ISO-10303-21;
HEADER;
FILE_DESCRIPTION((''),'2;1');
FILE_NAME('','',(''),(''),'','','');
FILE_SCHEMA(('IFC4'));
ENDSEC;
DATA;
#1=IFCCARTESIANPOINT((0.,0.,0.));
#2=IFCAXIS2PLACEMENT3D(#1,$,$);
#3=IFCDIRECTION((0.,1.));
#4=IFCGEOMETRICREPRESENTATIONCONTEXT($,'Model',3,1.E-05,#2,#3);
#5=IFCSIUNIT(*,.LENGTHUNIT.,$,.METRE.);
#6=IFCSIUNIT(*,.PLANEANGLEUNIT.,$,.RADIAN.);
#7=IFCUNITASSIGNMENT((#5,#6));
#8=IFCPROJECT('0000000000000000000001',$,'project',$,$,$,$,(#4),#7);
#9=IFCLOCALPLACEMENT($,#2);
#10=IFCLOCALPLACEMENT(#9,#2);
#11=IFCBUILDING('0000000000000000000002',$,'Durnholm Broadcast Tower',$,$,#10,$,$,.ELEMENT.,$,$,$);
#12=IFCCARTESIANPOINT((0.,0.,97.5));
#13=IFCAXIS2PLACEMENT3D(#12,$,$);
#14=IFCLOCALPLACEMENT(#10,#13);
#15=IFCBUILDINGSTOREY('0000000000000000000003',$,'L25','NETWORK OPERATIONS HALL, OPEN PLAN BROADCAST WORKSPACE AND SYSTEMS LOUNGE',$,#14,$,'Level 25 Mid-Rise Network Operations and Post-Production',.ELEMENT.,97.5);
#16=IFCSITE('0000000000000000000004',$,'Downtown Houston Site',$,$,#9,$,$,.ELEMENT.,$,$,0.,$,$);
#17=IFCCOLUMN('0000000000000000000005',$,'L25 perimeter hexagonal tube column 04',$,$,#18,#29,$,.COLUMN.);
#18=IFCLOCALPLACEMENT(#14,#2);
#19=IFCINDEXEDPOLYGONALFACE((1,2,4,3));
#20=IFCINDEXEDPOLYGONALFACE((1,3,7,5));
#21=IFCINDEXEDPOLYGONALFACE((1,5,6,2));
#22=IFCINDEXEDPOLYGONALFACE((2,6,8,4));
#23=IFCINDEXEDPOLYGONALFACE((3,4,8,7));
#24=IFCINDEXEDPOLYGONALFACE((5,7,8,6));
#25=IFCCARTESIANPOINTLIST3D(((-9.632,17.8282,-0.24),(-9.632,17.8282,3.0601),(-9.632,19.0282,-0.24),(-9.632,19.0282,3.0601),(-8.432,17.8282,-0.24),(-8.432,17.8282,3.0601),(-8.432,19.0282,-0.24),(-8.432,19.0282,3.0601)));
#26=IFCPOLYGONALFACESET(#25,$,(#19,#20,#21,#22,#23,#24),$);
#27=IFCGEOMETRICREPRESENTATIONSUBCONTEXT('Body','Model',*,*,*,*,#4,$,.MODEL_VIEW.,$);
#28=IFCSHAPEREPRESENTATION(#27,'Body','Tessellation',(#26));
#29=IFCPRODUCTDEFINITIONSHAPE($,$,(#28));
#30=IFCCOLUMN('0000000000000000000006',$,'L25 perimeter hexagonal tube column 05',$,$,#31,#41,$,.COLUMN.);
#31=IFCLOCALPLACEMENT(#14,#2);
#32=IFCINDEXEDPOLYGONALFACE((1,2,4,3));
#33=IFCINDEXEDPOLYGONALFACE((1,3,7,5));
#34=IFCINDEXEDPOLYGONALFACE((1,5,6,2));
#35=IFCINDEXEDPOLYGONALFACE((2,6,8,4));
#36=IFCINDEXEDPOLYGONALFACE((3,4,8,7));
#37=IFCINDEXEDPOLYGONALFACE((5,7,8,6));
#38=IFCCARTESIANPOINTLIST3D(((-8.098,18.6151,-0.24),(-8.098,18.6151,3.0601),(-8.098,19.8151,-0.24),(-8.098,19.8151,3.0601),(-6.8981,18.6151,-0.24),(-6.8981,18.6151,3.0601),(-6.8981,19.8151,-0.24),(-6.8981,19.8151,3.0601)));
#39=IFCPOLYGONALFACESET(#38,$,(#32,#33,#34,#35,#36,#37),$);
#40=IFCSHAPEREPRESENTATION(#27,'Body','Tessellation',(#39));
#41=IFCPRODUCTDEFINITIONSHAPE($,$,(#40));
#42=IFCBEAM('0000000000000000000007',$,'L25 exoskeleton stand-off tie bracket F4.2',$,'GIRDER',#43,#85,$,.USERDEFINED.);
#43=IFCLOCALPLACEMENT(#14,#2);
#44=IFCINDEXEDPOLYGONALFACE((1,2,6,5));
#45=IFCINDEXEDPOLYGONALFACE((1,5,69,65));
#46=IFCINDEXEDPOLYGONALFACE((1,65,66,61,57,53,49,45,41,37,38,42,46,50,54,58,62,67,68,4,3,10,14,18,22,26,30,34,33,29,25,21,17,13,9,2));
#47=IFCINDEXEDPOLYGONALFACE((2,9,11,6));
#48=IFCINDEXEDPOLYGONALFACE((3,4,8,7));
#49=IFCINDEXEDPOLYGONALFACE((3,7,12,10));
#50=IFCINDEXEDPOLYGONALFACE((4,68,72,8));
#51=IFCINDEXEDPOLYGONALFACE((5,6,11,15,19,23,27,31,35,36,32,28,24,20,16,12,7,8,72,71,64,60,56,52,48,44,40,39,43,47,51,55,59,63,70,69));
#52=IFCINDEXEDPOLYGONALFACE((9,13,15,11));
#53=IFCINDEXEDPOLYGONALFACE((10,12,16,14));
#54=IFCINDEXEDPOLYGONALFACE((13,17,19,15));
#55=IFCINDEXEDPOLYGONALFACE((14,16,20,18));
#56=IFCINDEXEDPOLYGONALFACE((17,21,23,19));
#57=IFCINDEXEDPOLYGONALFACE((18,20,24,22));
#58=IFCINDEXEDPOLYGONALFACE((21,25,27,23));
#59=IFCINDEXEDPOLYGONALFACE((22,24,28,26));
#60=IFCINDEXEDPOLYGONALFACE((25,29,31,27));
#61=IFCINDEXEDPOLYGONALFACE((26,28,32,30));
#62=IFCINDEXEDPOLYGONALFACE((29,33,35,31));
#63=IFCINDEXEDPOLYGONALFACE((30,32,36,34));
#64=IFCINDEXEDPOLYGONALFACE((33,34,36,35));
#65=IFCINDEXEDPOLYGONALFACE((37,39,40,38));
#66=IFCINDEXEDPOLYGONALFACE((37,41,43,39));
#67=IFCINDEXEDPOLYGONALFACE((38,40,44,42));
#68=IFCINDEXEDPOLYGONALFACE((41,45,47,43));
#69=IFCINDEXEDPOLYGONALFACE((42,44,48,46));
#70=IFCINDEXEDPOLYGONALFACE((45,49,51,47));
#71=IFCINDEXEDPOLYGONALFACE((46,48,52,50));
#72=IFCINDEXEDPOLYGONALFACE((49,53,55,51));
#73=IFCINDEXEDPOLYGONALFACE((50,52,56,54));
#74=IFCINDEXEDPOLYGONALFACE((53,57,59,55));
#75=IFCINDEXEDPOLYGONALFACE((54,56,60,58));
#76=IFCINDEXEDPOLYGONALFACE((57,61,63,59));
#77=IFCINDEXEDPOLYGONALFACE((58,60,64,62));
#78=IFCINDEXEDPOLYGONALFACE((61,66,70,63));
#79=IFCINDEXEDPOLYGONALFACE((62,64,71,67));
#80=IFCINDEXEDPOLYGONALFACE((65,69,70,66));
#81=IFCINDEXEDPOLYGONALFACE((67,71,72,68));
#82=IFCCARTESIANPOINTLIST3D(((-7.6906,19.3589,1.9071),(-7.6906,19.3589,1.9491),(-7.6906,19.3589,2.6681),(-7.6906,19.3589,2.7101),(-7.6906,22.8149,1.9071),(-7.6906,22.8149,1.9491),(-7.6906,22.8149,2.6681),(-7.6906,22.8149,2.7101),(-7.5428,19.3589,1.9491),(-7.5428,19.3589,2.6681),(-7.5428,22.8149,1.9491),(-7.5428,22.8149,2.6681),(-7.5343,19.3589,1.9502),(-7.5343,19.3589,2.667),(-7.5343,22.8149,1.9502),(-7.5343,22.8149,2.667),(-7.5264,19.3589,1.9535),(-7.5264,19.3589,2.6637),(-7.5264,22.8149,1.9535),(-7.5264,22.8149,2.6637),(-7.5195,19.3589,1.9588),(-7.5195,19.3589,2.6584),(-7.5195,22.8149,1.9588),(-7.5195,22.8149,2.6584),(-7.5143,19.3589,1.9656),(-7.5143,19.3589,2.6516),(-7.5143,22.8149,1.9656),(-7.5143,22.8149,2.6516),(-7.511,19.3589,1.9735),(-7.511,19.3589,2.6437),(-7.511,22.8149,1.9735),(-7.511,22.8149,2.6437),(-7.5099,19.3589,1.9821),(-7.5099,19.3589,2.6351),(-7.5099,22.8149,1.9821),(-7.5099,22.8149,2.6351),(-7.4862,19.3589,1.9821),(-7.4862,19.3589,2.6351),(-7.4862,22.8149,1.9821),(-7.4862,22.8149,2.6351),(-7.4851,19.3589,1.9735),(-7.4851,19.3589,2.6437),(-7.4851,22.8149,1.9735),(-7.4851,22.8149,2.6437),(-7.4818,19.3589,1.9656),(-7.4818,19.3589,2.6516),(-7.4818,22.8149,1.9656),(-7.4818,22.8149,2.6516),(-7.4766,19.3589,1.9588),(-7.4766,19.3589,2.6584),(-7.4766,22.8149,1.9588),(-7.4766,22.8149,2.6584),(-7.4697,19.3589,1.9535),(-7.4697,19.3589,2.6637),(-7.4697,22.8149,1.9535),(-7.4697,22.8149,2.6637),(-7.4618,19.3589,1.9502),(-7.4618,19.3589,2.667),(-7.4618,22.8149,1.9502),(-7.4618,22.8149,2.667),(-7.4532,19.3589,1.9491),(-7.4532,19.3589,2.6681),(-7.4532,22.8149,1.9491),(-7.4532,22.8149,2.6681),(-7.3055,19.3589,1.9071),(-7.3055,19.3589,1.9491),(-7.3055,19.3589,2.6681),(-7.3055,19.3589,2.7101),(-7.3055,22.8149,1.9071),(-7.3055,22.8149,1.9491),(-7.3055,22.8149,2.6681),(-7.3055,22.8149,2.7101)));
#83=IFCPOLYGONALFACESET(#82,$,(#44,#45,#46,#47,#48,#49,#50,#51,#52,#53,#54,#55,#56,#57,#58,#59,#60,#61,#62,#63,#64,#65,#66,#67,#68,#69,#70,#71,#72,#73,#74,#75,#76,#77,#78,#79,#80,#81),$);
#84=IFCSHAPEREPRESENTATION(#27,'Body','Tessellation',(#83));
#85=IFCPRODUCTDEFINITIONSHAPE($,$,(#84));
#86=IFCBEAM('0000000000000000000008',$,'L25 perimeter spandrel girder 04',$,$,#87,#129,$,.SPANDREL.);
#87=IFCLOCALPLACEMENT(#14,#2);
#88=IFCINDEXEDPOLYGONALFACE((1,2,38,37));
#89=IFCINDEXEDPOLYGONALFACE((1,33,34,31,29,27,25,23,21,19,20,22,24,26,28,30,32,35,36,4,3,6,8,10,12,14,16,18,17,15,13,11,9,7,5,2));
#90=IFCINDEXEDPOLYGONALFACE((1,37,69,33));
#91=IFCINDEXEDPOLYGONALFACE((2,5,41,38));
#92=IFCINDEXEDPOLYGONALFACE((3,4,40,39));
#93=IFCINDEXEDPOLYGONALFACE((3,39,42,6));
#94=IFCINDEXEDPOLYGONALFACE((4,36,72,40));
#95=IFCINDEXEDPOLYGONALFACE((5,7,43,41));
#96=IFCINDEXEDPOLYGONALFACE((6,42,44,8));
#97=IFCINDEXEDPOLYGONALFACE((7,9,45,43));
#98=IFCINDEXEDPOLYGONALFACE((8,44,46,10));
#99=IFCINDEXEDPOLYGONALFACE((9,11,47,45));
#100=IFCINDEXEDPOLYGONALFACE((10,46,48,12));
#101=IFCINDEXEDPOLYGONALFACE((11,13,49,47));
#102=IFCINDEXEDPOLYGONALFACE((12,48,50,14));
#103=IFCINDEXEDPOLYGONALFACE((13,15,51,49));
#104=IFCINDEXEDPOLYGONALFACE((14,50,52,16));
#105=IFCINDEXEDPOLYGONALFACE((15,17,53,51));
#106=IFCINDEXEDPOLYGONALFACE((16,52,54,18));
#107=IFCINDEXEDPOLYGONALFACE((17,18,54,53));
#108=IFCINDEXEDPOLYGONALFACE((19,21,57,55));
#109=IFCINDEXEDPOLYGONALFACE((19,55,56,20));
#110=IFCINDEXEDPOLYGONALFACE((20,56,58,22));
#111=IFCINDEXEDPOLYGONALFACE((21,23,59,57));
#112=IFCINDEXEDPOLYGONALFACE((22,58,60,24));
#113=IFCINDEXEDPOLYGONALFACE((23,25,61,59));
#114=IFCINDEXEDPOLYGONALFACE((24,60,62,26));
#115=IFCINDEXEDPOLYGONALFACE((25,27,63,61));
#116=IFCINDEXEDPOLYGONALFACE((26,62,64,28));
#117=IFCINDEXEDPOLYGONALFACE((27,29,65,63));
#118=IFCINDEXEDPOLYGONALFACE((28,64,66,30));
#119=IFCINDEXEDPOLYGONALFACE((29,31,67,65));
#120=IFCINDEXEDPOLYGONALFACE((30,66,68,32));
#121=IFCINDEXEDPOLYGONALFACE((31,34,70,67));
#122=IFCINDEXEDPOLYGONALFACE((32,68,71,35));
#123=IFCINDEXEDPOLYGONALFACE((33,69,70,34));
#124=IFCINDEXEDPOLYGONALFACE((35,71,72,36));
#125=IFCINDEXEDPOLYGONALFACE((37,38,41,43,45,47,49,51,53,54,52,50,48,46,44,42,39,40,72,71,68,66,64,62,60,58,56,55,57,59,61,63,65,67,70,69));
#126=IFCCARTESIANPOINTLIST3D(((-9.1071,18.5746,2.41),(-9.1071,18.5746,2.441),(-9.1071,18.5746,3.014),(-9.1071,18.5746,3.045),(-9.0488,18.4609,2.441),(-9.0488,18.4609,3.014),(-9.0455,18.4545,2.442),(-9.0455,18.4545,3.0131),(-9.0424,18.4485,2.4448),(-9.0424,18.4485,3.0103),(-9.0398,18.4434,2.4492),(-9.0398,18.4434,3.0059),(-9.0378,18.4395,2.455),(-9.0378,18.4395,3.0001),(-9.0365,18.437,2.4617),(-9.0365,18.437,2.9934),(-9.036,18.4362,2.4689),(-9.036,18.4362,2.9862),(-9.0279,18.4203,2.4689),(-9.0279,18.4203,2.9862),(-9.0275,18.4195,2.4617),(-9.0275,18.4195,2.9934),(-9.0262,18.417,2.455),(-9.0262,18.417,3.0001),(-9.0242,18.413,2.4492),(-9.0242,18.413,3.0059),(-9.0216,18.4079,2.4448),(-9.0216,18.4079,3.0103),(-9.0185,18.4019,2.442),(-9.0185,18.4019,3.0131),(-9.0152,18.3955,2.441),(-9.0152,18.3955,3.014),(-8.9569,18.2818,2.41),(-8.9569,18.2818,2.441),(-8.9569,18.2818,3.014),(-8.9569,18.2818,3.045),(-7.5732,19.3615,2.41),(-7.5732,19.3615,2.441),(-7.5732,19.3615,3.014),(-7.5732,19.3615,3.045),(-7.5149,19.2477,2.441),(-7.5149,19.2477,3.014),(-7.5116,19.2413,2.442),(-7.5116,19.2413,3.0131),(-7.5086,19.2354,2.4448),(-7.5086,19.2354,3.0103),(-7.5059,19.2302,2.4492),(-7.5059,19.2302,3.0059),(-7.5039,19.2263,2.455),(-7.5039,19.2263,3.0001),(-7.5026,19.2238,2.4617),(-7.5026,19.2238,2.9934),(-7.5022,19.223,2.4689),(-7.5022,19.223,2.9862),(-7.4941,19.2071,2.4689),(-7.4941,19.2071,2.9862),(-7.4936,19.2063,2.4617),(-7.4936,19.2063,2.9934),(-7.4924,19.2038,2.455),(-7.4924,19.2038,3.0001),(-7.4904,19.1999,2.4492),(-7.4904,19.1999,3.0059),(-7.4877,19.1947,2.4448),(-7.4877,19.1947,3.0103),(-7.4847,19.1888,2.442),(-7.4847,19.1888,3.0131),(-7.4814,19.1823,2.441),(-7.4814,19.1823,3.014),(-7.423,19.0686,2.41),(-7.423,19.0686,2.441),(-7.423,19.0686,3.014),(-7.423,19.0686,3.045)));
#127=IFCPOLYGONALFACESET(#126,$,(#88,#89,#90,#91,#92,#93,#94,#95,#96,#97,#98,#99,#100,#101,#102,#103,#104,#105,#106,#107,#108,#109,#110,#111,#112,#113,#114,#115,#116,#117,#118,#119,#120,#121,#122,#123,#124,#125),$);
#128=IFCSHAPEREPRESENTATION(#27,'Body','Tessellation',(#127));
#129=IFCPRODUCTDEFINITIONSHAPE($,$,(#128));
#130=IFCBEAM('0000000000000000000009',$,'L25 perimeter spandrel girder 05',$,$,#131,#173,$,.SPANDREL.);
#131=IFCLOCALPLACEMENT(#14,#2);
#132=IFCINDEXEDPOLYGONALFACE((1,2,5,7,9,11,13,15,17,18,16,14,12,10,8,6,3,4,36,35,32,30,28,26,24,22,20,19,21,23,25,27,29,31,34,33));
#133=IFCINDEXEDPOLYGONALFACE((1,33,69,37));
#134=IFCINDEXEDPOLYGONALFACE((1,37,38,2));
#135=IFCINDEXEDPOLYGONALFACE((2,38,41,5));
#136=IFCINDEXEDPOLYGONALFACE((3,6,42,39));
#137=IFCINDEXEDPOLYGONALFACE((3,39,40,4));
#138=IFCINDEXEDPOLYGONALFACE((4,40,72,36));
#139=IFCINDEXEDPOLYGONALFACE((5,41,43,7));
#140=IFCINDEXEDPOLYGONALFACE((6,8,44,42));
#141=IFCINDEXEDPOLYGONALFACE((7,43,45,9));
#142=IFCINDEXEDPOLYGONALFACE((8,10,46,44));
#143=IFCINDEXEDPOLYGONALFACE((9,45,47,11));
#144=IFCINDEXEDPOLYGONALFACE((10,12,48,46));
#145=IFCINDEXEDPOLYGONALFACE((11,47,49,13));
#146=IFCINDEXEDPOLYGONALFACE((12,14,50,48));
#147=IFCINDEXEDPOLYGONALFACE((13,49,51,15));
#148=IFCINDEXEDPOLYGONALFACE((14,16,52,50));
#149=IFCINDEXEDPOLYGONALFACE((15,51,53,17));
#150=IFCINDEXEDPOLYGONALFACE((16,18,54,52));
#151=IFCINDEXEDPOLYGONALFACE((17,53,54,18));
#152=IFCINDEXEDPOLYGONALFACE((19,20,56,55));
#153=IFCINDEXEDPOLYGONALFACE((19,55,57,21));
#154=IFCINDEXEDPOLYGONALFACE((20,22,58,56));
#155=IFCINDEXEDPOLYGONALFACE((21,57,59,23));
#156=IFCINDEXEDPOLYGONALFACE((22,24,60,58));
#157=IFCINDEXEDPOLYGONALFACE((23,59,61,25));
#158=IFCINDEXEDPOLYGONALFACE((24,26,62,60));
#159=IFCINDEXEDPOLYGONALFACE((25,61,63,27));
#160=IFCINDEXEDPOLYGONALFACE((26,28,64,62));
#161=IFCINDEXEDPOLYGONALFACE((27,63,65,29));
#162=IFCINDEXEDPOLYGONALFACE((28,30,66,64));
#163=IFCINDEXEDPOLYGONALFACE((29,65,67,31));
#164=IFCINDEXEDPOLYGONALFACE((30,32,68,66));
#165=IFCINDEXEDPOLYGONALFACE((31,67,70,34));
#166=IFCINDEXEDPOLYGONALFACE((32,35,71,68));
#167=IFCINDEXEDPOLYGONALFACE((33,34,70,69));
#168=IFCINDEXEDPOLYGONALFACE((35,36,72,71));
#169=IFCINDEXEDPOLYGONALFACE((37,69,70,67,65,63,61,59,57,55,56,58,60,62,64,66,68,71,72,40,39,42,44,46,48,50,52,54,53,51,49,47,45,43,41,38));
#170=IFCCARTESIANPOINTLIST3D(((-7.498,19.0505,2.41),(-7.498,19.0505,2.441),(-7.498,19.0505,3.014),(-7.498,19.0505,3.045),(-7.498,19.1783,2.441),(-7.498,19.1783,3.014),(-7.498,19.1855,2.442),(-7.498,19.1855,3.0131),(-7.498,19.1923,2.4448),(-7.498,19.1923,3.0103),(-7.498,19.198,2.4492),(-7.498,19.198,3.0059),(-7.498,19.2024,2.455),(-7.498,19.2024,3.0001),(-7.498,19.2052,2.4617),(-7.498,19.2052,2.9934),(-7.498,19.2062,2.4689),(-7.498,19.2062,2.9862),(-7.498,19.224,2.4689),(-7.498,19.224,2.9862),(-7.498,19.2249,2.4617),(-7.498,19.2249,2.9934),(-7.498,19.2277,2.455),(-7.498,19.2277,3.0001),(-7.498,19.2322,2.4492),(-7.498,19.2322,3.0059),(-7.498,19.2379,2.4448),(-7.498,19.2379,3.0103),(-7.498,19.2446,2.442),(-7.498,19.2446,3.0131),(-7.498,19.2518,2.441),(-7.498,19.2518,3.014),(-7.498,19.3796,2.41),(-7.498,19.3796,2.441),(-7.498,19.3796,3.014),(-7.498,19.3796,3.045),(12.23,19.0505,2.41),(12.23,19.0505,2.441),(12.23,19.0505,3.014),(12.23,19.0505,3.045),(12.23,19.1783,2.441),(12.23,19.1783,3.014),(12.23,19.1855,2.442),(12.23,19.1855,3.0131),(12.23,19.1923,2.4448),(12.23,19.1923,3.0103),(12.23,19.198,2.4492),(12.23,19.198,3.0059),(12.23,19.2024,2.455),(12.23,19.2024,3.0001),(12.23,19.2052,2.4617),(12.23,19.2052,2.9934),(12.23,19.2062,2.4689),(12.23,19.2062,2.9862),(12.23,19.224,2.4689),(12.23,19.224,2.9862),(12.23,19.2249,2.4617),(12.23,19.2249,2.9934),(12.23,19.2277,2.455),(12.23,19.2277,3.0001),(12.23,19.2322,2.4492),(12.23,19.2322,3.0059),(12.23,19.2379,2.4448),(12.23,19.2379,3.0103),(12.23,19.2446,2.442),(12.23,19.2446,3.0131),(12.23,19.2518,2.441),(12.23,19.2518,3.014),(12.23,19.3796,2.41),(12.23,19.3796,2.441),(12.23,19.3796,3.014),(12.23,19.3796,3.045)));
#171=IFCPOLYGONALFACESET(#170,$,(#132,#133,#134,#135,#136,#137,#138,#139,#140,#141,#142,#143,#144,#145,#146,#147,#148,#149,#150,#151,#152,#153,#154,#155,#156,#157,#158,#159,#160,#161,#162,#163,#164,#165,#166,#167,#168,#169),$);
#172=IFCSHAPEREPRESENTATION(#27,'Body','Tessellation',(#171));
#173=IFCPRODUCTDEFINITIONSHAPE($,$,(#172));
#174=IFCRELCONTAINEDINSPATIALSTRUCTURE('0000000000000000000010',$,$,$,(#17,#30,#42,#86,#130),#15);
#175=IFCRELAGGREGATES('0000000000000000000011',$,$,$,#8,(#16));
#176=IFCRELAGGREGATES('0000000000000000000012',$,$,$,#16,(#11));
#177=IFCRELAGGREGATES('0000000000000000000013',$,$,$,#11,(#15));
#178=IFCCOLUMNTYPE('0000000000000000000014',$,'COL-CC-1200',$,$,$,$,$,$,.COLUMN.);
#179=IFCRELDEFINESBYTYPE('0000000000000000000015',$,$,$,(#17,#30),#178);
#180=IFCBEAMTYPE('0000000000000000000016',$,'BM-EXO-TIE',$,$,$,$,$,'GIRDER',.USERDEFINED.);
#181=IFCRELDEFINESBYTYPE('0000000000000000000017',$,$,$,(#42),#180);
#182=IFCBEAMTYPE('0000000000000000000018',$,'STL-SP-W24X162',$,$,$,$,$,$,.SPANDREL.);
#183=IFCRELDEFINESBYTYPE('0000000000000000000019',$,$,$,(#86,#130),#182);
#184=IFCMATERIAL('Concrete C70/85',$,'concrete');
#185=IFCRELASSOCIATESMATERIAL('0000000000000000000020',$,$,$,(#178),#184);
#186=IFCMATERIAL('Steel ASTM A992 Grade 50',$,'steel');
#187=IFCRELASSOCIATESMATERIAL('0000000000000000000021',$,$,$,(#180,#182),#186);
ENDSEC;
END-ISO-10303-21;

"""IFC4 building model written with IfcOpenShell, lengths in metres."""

from ifc_helpers import new_model, si_unit, direction, frame, origin, origin_2d, place, context, subcontext, project, spatial, rectangle, i_section, extrude, source, transform, mapped, material, material_profile, profile_set, type_object, type_shapes, element, save


model = new_model("IFC4")

# Units and contexts
model_context = context("Model", 3, precision=1e-05, world=origin(), true_north=direction((0.0, 1.0)))
body_context = subcontext(model_context, "Body", "Model", "MODEL_VIEW")
ifc_project = project(units=[si_unit("LENGTHUNIT", "METRE"), si_unit("PLANEANGLEUNIT", "RADIAN")], contexts=[model_context])

# Site, building, storey
site_placement = place(None, origin())
site = spatial("IfcSite", under=ifc_project, at=site_placement, Name="Downtown Houston Site", CompositionType="ELEMENT", RefElevation=0.0)
building_placement = place(site_placement, origin())
building = spatial("IfcBuilding", under=site, at=building_placement, Name="Durnholm Broadcast Tower", CompositionType="ELEMENT")
storey_placement = place(building_placement, frame((0.0, 0.0, 97.5)))
storey = spatial("IfcBuildingStorey", under=building, at=storey_placement, Name="L25", Description="NETWORK OPERATIONS HALL, OPEN PLAN BROADCAST WORKSPACE AND SYSTEMS LOUNGE", LongName="Level 25 Mid-Rise Network Operations and Post-Production", CompositionType="ELEMENT", Elevation=97.5)

# Columns
ifc_material_1 = material(Name="Concrete C70/85", Category="concrete")
ifc_material_profile_1 = material_profile(ifc_material_1, rectangle(XDim=1.2, YDim=1.2, at=origin_2d()), Name="RC1200X1200")
ifc_profile_set_1 = profile_set([ifc_material_profile_1], Name="Concrete C70/85")
column_type = type_object("IfcColumnType", Name="COL-CC-1200", PredefinedType="COLUMN", material=ifc_profile_set_1)
shared_shape_1 = source(origin(), body_context, "Body", "SweptSolid", [
    extrude(rectangle(XDim=1.2, YDim=1.2, at=origin_2d()), origin(), (0.0, 0.0, 1.0), 3.3),
])
type_shapes(column_type, [shared_shape_1])
for number, where, z_axis, x_axis, name in (
    (1, (-9.032, 18.4282, -0.24), (0.0, 0.0, 1.0), (1.0, 0.0, 0.0), "L25 perimeter hexagonal tube column 04"),
    (2, (-7.498, 19.2151, -0.24), (0.0, 0.0, 1.0), (1.0, 0.0, 0.0), "L25 perimeter hexagonal tube column 05"),
):
    element("IfcColumn", number, at=place(storey_placement, frame(where, z_axis=z_axis, x_axis=x_axis)), inside=storey, type_object=column_type, Name=name, PredefinedType="COLUMN", context=body_context, shape_type="MappedRepresentation", body=[
        mapped(shared_shape_1, transform((0.0, 0.0, 0.0), x_axis=(1.0, 0.0, 0.0), y_axis=(0.0, 1.0, 0.0), z_axis=(0.0, 0.0, 1.0), scale=1.0)),
    ])

# Beams
ifc_material_2 = material(Name="Steel ASTM A992 Grade 50", Category="steel")
ifc_material_profile_2 = material_profile(ifc_material_2, i_section(OverallWidth=0.385, OverallDepth=0.803, WebThickness=0.0237, FlangeThickness=0.042, FilletRadius=0.033, at=origin_2d()), Name="W30X261")
ifc_profile_set_2 = profile_set([ifc_material_profile_2], Name="Steel ASTM A992 Grade 50")
beam_type_1 = type_object("IfcBeamType", Name="BM-EXO-TIE", ElementType="GIRDER", PredefinedType="USERDEFINED", material=ifc_profile_set_2)
shared_shape_2 = source(origin(), body_context, "Body", "SweptSolid", [
    extrude(i_section(OverallWidth=0.385, OverallDepth=0.803, WebThickness=0.0237, FlangeThickness=0.042, FilletRadius=0.033, at=origin_2d()), origin(), (0.0, 0.0, 1.0), 3.4561),
])
beam_1_placement = place(storey_placement, frame((-7.498, 19.3589, 2.3086), z_axis=(0.0, 1.0, 0.0), x_axis=(-1.0, 0.0, 0.0)))
element("IfcBeam", 3, at=beam_1_placement, inside=storey, type_object=beam_type_1, Name="L25 exoskeleton stand-off tie bracket F4.2", ObjectType="GIRDER", PredefinedType="USERDEFINED", context=body_context, shape_type="MappedRepresentation", body=[
    mapped(shared_shape_2, transform((0.0, 0.0, 0.0), x_axis=(1.0, 0.0, 0.0), y_axis=(0.0, 1.0, 0.0), z_axis=(0.0, 0.0, 1.0), scale=1.0)),
])
ifc_material_profile_3 = material_profile(ifc_material_2, i_section(OverallWidth=0.3291, OverallDepth=0.635, WebThickness=0.0178, FlangeThickness=0.031, FilletRadius=0.0278, at=origin_2d()), Name="W24X162")
ifc_profile_set_3 = profile_set([ifc_material_profile_3], Name="Steel ASTM A992 Grade 50")
beam_type_2 = type_object("IfcBeamType", Name="STL-SP-W24X162", PredefinedType="SPANDREL", material=ifc_profile_set_3)
shared_shape_3 = source(origin(), body_context, "Body", "SweptSolid", [
    extrude(i_section(OverallWidth=0.3291, OverallDepth=0.635, WebThickness=0.0178, FlangeThickness=0.031, FilletRadius=0.0278, at=origin_2d()), origin(), (0.0, 0.0, 1.0), 1.7239),
])
beam_2_placement = place(storey_placement, frame((-9.032, 18.4282, 2.7275), z_axis=(0.889763, 0.456423, 0.0), x_axis=(-0.456423, 0.889763, 0.0)))
element("IfcBeam", 4, at=beam_2_placement, inside=storey, type_object=beam_type_2, Name="L25 perimeter spandrel girder 04", PredefinedType="SPANDREL", context=body_context, shape_type="MappedRepresentation", body=[
    mapped(shared_shape_3, transform((0.0, 0.0, 0.0), x_axis=(1.0, 0.0, 0.0), y_axis=(0.0, 1.0, 0.0), z_axis=(0.0, 0.0, 1.0), scale=1.0)),
])
shared_shape_4 = source(origin(), body_context, "Body", "SweptSolid", [
    extrude(i_section(OverallWidth=0.3291, OverallDepth=0.635, WebThickness=0.0178, FlangeThickness=0.031, FilletRadius=0.0278, at=origin_2d()), origin(), (0.0, 0.0, 1.0), 19.728),
])
type_shapes(beam_type_2, [shared_shape_3, shared_shape_4])
beam_3_placement = place(storey_placement, frame((-7.498, 19.2151, 2.7275), z_axis=(1.0, 0.0, 0.0), x_axis=(0.0, 1.0, 0.0)))
element("IfcBeam", 5, at=beam_3_placement, inside=storey, type_object=beam_type_2, Name="L25 perimeter spandrel girder 05", PredefinedType="SPANDREL", context=body_context, shape_type="MappedRepresentation", body=[
    mapped(shared_shape_4, transform((0.0, 0.0, 0.0), x_axis=(1.0, 0.0, 0.0), y_axis=(0.0, 1.0, 0.0), z_axis=(0.0, 0.0, 1.0), scale=1.0)),
])

save(model, "model.ifc")
